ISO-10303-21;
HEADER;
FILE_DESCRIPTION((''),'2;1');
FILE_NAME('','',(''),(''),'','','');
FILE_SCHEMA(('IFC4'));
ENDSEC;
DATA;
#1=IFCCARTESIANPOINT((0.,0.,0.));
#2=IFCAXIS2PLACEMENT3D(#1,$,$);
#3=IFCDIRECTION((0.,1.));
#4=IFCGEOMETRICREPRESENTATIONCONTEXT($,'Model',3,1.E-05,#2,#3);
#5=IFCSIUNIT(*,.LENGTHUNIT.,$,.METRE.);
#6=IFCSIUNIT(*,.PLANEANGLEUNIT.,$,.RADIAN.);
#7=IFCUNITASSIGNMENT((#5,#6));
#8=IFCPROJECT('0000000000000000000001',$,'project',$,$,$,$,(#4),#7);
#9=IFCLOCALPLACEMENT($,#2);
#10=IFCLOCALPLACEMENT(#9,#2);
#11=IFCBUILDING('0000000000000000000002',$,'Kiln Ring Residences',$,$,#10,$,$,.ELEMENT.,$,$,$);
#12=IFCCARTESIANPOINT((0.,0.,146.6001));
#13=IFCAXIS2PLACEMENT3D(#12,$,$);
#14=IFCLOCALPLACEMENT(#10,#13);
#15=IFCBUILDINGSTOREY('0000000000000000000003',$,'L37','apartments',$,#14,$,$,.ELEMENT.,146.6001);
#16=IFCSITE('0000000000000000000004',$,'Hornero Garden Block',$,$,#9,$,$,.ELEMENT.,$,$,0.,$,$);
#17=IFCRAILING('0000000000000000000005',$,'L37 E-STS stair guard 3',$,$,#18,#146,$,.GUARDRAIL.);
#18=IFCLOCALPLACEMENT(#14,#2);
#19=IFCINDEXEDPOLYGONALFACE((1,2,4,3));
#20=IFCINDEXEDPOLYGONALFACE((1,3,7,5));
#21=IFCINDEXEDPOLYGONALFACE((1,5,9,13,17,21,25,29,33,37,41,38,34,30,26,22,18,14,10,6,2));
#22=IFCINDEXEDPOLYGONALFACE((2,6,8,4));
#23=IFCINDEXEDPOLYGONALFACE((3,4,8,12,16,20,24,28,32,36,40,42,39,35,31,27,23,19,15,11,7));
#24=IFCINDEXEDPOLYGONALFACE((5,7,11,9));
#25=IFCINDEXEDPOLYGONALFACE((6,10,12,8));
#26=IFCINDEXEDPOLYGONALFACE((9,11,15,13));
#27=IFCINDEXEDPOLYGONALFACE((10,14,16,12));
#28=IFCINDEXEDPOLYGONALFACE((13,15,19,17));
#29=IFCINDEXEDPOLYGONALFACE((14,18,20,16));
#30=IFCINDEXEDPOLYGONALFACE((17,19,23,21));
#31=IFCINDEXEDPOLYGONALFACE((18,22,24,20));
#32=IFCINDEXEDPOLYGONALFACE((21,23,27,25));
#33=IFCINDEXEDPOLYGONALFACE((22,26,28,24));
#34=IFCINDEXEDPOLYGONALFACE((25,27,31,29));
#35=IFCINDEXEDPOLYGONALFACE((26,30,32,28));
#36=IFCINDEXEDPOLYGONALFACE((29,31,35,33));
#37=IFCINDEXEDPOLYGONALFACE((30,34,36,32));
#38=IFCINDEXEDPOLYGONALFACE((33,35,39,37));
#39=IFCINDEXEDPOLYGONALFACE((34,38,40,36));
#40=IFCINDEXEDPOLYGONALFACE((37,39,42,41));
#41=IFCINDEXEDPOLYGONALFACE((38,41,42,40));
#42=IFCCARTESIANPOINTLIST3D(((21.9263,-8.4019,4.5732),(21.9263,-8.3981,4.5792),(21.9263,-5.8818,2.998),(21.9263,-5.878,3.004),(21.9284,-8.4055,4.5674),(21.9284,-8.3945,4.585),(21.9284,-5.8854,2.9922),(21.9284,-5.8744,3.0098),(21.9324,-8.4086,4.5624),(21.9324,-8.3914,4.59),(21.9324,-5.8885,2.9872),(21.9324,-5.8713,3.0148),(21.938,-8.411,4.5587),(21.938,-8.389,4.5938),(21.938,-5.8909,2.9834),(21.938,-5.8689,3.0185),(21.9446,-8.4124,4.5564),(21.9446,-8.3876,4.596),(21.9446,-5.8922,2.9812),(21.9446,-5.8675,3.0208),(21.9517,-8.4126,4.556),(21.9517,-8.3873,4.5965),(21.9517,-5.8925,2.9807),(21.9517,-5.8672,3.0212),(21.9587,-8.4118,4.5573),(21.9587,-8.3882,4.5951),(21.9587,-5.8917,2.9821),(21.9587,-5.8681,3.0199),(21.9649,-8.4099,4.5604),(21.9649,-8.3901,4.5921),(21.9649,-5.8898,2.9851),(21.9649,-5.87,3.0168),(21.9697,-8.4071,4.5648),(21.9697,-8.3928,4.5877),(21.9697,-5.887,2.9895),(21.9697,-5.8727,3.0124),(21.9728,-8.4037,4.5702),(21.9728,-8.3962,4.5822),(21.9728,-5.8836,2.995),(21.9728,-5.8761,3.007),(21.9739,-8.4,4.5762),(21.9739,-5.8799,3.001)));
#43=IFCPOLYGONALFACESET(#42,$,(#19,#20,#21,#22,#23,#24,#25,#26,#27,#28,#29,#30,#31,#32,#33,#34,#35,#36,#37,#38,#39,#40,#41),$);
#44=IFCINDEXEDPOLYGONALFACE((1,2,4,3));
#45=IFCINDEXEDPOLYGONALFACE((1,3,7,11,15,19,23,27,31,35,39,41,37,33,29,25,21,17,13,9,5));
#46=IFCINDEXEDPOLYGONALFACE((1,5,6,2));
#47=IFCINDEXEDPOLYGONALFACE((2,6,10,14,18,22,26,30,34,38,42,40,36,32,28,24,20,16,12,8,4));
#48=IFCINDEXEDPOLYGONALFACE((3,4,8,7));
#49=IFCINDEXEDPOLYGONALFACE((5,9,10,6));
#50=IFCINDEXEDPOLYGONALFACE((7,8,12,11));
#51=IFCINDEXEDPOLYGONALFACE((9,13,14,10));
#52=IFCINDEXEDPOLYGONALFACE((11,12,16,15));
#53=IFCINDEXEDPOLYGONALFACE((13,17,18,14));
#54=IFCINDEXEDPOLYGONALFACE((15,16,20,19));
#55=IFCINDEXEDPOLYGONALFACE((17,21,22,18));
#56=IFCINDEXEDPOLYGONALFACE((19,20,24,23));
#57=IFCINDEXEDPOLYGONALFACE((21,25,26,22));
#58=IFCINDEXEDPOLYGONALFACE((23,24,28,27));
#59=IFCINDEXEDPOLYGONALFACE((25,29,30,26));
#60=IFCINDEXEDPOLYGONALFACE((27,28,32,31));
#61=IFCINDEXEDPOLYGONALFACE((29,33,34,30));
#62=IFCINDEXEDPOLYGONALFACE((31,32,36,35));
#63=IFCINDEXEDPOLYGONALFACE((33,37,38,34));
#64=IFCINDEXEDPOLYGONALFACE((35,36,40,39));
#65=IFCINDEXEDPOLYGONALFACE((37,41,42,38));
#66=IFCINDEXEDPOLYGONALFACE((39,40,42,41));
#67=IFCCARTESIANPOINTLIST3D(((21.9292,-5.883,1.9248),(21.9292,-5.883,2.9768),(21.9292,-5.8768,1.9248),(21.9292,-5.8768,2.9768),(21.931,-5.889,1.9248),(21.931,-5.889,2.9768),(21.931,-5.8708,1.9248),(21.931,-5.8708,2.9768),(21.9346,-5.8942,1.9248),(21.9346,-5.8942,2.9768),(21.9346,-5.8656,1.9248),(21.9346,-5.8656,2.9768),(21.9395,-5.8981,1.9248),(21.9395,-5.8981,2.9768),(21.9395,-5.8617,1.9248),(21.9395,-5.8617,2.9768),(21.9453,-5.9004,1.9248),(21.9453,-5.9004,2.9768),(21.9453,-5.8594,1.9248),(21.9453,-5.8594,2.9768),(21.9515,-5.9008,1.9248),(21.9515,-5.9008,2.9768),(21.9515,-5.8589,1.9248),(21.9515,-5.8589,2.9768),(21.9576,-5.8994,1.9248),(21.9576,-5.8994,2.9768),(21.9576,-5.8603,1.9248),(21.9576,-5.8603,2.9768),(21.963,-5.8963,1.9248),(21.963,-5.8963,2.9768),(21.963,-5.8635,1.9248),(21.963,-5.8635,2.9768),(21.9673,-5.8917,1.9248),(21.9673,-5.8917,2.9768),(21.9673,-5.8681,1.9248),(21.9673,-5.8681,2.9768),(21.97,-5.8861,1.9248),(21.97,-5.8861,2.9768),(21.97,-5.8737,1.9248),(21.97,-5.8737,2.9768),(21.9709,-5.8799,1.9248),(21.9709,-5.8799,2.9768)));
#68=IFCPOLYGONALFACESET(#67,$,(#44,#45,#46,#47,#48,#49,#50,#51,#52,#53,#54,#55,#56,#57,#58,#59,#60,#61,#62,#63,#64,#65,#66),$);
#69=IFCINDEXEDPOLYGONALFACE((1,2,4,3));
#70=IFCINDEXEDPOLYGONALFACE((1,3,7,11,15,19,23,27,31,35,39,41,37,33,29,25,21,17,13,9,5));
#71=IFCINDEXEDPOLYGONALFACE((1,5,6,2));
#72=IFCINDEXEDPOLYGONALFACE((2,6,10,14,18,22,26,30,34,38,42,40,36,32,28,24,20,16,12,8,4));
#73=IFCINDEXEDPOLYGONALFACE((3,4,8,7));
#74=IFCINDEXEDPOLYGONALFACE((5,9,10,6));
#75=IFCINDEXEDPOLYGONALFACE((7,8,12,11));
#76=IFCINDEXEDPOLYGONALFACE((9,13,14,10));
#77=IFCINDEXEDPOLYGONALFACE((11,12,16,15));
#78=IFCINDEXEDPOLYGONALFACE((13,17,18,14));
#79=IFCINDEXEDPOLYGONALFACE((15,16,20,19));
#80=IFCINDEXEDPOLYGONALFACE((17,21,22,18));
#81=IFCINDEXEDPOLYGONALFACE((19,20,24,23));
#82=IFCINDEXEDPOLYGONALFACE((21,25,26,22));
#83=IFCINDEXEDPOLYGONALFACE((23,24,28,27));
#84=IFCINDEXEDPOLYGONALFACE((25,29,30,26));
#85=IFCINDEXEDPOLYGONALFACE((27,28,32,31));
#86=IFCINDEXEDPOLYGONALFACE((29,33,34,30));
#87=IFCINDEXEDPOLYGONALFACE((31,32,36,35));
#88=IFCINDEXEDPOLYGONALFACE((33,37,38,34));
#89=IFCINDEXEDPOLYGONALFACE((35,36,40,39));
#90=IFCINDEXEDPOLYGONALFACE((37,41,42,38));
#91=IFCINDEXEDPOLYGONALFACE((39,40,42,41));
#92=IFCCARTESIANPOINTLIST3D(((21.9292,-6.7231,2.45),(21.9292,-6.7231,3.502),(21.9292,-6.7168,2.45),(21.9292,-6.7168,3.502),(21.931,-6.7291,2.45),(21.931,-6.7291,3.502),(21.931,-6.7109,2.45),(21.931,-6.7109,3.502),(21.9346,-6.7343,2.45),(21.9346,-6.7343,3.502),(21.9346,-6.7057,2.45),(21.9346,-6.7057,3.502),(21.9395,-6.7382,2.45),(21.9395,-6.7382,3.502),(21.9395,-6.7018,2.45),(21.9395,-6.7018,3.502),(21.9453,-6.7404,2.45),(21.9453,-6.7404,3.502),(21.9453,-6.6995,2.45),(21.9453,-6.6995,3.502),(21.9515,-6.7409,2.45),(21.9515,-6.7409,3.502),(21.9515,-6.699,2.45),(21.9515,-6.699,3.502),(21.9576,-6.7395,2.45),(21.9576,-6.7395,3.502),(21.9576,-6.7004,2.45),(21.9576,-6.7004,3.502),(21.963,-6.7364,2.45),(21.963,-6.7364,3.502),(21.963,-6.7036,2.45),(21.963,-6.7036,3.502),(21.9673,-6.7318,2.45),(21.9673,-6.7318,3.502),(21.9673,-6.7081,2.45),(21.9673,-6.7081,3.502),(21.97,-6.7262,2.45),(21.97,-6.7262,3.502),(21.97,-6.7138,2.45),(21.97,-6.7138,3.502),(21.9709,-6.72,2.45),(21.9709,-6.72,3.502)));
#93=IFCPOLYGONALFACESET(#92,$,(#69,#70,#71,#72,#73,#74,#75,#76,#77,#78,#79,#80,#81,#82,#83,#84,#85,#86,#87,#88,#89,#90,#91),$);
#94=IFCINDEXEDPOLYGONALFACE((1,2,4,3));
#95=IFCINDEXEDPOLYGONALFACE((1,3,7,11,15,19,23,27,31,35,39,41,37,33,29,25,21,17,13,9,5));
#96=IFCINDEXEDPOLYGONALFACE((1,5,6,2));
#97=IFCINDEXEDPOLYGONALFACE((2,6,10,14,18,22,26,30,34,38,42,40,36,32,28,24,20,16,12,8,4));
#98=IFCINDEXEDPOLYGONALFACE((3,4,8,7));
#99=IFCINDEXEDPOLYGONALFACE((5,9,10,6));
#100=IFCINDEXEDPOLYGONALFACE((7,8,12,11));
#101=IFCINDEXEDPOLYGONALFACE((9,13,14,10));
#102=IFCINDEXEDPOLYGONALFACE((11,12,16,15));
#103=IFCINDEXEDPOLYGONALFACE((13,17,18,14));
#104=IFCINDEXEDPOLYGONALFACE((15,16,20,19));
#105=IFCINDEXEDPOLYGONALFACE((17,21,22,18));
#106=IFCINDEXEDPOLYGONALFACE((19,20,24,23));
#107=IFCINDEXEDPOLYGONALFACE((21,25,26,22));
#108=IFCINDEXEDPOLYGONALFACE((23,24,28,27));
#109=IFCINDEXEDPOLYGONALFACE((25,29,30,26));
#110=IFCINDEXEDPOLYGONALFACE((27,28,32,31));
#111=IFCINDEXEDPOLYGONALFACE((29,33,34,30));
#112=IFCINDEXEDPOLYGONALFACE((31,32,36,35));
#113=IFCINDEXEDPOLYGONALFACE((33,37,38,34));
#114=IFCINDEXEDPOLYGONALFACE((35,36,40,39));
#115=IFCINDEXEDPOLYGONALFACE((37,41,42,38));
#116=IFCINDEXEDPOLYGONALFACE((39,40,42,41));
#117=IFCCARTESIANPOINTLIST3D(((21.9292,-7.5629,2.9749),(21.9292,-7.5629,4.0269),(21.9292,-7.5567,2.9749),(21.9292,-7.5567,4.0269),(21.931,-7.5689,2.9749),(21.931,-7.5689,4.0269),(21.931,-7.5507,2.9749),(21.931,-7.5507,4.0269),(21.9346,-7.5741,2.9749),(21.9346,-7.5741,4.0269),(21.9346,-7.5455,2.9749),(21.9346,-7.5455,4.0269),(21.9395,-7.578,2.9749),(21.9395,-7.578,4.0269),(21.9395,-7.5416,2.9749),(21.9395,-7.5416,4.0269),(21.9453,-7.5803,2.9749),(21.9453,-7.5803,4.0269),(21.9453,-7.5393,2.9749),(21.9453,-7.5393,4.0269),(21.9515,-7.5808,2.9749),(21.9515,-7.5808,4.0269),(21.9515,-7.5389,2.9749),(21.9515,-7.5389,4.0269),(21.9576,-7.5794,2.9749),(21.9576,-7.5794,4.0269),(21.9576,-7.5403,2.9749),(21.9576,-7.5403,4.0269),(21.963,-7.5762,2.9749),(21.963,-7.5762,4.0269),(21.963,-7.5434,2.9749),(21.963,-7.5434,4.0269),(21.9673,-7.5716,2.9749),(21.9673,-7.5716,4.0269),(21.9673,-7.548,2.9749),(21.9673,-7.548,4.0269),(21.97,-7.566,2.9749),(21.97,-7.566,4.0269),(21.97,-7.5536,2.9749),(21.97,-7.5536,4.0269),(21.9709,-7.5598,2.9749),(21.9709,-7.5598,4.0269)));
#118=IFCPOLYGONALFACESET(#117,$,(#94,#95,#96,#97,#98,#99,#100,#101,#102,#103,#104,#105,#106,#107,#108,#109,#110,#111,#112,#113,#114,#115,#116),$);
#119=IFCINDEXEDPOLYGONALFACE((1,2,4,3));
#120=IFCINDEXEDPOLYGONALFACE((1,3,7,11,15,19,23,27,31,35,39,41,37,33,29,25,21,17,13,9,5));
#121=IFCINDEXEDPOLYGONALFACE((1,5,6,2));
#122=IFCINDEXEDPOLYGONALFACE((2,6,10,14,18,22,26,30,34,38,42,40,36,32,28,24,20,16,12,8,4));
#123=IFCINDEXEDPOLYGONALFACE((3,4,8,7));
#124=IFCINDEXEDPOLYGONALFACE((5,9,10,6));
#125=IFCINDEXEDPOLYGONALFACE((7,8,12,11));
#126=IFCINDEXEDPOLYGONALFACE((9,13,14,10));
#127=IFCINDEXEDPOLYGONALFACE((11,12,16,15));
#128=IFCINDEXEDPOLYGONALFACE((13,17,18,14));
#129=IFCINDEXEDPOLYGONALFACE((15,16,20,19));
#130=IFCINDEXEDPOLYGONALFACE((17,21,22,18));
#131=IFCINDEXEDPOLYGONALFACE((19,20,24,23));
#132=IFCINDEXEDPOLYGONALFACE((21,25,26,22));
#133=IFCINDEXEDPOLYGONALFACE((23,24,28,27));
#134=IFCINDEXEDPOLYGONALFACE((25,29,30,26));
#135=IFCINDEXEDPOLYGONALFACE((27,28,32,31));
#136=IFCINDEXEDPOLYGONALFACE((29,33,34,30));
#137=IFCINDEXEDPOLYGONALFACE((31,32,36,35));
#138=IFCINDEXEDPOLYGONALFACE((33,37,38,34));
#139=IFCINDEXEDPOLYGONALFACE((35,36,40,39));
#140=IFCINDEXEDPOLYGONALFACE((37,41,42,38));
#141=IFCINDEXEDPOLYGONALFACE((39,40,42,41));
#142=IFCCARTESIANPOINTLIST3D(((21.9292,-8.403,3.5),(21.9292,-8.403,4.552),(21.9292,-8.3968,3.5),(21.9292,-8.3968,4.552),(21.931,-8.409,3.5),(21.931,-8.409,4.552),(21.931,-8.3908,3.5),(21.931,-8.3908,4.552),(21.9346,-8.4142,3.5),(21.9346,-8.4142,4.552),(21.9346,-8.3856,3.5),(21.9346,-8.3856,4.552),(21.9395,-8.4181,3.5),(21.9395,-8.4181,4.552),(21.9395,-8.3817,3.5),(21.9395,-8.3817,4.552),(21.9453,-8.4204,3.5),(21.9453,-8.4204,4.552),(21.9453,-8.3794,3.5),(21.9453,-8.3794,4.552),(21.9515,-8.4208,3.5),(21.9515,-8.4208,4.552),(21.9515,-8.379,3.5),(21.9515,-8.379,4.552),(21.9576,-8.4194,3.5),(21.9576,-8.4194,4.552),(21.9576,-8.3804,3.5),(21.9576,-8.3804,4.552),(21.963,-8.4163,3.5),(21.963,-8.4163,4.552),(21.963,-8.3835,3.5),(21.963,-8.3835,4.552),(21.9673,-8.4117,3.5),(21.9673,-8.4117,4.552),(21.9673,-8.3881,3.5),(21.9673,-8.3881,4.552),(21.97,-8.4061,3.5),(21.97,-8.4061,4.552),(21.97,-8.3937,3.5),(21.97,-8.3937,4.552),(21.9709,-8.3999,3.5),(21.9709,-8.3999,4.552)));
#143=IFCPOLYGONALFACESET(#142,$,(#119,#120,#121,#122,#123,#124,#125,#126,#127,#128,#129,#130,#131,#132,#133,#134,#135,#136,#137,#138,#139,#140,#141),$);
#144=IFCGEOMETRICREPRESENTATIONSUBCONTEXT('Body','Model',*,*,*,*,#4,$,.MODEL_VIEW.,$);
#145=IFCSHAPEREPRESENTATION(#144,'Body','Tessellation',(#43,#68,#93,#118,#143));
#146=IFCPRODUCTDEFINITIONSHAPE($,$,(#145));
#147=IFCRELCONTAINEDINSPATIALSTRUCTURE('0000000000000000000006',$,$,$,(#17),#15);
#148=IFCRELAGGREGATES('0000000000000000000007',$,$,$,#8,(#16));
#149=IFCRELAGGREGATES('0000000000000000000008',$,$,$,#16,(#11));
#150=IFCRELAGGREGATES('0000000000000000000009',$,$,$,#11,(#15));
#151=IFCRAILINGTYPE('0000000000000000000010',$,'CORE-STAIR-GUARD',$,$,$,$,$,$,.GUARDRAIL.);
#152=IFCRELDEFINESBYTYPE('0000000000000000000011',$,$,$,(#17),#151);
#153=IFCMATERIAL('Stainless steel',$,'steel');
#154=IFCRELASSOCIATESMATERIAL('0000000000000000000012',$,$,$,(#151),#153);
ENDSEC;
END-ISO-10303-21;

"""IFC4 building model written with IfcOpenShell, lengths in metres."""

from ifc_helpers import new_model, si_unit, direction, frame, origin, origin_2d, place, context, subcontext, project, spatial, circle, extrude, material, type_object, element, save


model = new_model("IFC4")

# Units and contexts
model_context = context("Model", 3, precision=1e-05, world=origin(), true_north=direction((0.0, 1.0)))
body_context = subcontext(model_context, "Body", "Model", "MODEL_VIEW")
ifc_project = project(units=[si_unit("LENGTHUNIT", "METRE"), si_unit("PLANEANGLEUNIT", "RADIAN")], contexts=[model_context])

# Site, building, storey
site_placement = place(None, origin())
site = spatial("IfcSite", under=ifc_project, at=site_placement, Name="Hornero Garden Block", CompositionType="ELEMENT", RefElevation=0.0)
building_placement = place(site_placement, origin())
building = spatial("IfcBuilding", under=site, at=building_placement, Name="Kiln Ring Residences", CompositionType="ELEMENT")
storey_placement = place(building_placement, frame((0.0, 0.0, 146.6001)))
storey = spatial("IfcBuildingStorey", under=building, at=storey_placement, Name="L37", Description="apartments", CompositionType="ELEMENT", Elevation=146.6001)

# Railing
ifc_material_1 = material(Name="Stainless steel", Category="steel")
railing_type_1 = type_object("IfcRailingType", Name="CORE-STAIR-GUARD", PredefinedType="GUARDRAIL", material=ifc_material_1)
railing_1_placement = place(storey_placement, frame((21.95, -5.8799, 1.9248)))
element("IfcRailing", 1, at=railing_1_placement, inside=storey, type_object=railing_type_1, Name="L37 E-STS stair guard 3", PredefinedType="GUARDRAIL", context=body_context, shape_type="SweptSolid", body=[
    extrude(circle(Radius=0.0239, at=origin_2d()), frame((0.0, 0.0, 1.0762), z_axis=(0.0, -0.847971, 0.530043), x_axis=(1.0, 0.0, 0.0)), (0.0, 0.0, 1.0), 2.9719),
    extrude(circle(Radius=0.021, at=origin_2d()), origin(), (0.0, 0.0, 1.0), 1.052),
    extrude(circle(Radius=0.021, at=origin_2d()), frame((0.0, -0.8401, 0.5251)), (0.0, 0.0, 1.0), 1.052),
    extrude(circle(Radius=0.021, at=origin_2d()), frame((0.0, -1.6799, 1.05)), (0.0, 0.0, 1.0), 1.052),
    extrude(circle(Radius=0.021, at=origin_2d()), frame((0.0, -2.52, 1.5752)), (0.0, 0.0, 1.0), 1.052),
])

save(model, "model.ifc")
